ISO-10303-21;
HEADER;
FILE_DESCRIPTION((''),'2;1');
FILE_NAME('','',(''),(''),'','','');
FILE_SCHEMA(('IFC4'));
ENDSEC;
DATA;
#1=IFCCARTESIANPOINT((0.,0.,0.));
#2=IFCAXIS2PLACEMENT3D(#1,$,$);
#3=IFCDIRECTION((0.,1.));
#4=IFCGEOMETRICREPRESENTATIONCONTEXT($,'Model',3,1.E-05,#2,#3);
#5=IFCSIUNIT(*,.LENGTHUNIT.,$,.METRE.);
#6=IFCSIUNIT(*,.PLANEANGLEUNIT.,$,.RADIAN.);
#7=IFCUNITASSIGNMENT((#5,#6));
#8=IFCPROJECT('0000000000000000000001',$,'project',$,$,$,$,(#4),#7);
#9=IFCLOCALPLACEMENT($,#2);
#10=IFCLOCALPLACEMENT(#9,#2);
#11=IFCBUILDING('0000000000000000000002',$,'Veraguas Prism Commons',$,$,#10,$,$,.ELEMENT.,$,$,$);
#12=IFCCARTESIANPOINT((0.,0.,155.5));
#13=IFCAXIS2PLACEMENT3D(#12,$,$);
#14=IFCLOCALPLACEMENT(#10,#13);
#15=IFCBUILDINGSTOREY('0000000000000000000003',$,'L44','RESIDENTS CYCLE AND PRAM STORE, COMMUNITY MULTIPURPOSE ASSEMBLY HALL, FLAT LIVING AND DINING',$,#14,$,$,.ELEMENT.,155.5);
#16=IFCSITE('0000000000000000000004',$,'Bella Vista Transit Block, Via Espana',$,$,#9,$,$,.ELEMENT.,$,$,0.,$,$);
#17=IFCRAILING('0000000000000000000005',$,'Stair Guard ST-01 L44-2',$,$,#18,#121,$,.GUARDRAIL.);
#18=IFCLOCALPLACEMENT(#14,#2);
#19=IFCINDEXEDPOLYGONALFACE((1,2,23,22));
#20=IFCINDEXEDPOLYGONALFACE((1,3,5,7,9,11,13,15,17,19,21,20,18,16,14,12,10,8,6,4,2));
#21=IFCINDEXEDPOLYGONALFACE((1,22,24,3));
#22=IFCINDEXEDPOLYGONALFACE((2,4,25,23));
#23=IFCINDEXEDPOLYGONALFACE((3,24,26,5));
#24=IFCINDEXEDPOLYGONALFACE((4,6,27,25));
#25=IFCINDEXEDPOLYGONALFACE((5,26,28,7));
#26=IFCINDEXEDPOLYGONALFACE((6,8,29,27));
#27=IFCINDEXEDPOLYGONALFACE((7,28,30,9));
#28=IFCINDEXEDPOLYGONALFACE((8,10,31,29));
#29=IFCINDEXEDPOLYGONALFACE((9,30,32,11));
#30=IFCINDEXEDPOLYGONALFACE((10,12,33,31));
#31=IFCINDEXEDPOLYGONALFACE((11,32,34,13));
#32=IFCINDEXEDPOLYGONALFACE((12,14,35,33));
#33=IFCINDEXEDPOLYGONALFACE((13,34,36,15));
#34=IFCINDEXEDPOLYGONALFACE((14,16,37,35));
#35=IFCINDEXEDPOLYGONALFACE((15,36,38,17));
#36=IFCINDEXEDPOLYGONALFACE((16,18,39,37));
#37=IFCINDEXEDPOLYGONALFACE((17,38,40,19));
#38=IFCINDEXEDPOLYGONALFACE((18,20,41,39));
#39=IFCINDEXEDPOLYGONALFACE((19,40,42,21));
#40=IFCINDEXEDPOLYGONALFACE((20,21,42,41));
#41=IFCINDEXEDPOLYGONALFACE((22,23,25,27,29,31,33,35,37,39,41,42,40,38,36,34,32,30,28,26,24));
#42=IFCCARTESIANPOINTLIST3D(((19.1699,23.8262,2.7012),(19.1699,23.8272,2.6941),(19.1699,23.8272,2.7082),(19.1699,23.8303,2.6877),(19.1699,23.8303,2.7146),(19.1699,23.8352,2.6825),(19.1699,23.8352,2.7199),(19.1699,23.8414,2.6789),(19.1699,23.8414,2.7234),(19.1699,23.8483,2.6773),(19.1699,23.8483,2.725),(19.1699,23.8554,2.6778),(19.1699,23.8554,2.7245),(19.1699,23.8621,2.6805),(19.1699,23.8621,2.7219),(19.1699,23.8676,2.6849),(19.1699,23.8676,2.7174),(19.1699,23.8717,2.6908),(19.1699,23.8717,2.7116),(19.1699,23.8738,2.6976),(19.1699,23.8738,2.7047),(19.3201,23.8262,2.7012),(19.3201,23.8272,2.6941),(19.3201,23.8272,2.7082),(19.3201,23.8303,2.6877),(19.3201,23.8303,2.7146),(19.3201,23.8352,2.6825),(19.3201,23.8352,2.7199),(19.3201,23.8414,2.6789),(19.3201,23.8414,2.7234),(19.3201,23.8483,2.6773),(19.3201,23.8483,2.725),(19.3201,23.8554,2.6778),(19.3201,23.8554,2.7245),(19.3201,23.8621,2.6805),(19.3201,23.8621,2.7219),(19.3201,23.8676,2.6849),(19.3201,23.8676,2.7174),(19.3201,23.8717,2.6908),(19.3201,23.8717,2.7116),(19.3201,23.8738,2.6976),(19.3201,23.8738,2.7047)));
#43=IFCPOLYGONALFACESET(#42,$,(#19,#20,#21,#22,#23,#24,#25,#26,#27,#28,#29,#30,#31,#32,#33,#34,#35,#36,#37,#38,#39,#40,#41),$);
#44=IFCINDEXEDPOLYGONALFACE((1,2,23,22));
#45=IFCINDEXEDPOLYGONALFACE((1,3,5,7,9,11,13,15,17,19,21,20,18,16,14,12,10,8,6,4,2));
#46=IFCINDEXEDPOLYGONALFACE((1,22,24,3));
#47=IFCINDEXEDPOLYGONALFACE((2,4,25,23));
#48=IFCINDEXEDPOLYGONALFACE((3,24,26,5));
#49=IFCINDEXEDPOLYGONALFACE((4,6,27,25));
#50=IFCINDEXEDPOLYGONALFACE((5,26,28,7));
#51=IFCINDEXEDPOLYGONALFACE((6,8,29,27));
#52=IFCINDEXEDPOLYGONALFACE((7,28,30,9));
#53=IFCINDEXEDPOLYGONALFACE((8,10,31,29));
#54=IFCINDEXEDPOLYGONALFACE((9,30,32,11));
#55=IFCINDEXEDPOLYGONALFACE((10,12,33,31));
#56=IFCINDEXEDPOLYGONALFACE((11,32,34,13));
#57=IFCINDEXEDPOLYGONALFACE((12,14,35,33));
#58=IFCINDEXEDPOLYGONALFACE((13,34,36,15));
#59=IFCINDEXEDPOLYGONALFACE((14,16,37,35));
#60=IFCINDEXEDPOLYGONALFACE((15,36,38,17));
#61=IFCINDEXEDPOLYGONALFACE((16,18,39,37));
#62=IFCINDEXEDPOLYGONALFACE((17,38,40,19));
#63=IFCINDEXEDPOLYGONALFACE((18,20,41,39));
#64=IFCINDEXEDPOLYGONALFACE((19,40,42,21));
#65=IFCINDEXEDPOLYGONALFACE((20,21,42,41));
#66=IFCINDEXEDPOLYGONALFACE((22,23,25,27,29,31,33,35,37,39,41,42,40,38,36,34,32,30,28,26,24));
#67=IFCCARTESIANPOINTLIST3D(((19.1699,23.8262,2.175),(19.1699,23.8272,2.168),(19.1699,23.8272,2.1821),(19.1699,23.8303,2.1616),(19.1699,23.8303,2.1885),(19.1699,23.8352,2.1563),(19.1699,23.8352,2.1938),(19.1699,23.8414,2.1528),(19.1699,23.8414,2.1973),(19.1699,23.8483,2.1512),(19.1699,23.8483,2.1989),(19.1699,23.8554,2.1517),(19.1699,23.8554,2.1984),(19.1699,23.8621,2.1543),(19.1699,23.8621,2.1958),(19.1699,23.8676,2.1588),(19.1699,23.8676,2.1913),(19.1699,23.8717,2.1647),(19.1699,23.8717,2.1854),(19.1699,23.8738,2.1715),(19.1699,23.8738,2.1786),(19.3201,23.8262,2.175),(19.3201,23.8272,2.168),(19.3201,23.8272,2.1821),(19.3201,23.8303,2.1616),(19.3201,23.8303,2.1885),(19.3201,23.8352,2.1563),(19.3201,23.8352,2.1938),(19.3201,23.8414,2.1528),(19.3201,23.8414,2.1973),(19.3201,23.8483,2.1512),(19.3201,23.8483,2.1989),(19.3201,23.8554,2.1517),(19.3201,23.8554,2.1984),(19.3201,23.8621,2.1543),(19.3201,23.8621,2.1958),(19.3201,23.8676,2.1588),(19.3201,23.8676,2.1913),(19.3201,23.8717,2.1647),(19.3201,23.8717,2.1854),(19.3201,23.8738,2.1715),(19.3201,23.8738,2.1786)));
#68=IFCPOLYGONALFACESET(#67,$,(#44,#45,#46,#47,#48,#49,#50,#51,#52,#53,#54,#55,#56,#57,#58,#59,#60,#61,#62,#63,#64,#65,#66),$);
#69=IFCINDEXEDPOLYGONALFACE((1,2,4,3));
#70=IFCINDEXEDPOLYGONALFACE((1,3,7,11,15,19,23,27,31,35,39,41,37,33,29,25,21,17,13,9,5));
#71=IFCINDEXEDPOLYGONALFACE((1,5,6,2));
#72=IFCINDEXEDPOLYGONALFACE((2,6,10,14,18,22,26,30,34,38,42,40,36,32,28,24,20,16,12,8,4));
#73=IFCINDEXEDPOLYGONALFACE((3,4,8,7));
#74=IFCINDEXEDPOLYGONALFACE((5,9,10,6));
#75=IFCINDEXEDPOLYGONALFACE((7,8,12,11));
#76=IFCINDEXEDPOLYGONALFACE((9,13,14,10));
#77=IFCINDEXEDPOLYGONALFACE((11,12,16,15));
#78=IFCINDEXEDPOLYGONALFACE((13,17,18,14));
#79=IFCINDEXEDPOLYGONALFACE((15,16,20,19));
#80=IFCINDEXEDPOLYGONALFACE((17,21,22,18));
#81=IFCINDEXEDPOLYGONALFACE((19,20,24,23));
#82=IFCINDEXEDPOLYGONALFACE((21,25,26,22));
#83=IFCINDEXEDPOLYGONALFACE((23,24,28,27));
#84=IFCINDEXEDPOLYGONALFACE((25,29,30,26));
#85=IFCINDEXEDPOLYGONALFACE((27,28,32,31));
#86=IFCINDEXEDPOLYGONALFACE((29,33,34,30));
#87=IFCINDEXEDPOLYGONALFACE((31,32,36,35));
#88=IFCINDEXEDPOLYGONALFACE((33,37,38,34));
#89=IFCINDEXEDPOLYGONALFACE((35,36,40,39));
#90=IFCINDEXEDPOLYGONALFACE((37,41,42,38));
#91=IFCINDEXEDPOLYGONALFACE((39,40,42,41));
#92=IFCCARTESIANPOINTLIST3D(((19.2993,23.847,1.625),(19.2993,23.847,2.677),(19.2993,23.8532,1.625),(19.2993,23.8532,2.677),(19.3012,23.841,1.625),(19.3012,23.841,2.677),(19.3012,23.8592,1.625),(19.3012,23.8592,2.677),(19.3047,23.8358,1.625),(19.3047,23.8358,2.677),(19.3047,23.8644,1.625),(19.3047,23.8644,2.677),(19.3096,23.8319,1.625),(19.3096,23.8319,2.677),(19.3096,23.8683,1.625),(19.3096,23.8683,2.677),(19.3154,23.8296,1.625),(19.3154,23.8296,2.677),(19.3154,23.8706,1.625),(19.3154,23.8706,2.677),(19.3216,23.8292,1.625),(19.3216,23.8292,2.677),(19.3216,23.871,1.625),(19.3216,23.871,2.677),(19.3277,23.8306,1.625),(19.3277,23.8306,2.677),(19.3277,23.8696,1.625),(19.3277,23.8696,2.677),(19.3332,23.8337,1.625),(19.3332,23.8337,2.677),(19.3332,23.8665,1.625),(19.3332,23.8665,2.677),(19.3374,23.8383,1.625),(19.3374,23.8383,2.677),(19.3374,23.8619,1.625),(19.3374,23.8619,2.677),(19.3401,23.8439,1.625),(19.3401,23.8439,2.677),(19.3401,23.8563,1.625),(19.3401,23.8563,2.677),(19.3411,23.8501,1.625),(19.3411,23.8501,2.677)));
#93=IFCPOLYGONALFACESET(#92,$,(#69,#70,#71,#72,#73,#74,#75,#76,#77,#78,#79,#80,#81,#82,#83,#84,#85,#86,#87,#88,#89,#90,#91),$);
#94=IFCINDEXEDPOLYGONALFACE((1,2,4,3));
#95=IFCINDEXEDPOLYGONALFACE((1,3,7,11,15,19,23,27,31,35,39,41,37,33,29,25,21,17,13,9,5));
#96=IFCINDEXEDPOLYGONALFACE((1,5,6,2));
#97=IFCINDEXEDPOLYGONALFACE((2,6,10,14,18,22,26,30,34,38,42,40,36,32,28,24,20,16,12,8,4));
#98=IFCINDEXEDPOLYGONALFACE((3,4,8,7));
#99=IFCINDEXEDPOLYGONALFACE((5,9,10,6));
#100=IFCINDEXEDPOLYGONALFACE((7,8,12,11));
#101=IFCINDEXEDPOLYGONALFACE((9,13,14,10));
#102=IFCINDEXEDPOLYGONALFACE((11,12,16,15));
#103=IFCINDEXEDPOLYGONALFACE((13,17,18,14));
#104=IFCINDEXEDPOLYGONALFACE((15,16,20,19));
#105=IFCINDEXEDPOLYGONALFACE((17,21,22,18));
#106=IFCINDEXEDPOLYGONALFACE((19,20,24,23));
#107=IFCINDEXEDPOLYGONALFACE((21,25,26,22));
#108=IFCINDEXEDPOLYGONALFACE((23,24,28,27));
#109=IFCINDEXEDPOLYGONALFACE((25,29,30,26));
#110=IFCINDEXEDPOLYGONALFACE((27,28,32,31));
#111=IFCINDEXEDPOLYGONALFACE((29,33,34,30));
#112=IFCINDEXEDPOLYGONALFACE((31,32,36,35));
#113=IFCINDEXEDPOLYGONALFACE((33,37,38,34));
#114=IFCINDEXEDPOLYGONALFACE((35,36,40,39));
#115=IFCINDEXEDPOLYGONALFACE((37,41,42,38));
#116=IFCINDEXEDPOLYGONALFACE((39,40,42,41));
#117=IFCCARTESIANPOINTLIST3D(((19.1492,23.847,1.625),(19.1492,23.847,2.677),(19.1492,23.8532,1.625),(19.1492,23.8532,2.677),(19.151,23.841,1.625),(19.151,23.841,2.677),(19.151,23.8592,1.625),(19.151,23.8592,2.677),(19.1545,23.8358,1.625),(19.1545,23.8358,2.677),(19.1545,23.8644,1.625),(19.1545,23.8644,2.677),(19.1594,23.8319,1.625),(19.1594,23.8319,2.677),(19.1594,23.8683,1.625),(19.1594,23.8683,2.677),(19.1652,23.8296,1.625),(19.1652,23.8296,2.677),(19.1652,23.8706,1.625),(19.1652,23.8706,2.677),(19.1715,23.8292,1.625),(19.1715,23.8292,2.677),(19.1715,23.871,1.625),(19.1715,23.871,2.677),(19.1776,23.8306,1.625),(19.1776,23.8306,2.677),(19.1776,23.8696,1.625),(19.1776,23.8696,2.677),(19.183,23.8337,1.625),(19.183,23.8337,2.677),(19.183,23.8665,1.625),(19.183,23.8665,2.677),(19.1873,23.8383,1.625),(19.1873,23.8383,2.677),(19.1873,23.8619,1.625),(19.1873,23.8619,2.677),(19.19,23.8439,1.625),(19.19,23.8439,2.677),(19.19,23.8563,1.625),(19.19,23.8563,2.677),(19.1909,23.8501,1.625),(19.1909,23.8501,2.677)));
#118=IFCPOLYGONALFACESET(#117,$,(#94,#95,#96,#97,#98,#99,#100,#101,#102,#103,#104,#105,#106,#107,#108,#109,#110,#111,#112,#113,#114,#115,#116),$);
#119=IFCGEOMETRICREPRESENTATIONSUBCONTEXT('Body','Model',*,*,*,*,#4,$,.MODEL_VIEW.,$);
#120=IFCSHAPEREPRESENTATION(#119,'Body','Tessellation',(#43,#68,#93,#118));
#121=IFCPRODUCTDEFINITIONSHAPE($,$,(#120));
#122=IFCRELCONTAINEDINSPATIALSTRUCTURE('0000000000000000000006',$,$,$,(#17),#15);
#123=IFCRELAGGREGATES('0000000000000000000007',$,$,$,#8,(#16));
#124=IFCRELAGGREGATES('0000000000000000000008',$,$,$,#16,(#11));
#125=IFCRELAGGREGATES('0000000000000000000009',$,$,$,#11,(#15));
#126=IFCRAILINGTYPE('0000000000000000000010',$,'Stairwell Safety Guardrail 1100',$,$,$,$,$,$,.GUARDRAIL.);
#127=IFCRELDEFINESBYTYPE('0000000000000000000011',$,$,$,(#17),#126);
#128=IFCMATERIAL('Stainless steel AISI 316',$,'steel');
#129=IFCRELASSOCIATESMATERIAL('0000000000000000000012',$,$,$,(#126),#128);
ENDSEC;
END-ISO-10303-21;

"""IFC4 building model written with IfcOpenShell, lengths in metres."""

from ifc_helpers import new_model, si_unit, direction, frame, origin, origin_2d, place, context, subcontext, project, spatial, circle, extrude, material, type_object, element, save


model = new_model("IFC4")

# Units and contexts
model_context = context("Model", 3, precision=1e-05, world=origin(), true_north=direction((0.0, 1.0)))
body_context = subcontext(model_context, "Body", "Model", "MODEL_VIEW")
ifc_project = project(units=[si_unit("LENGTHUNIT", "METRE"), si_unit("PLANEANGLEUNIT", "RADIAN")], contexts=[model_context])

# Site, building, storey
site_placement = place(None, origin())
site = spatial("IfcSite", under=ifc_project, at=site_placement, Name="Bella Vista Transit Block, Via Espana", CompositionType="ELEMENT", RefElevation=0.0)
building_placement = place(site_placement, origin())
building = spatial("IfcBuilding", under=site, at=building_placement, Name="Veraguas Prism Commons", CompositionType="ELEMENT")
storey_placement = place(building_placement, frame((0.0, 0.0, 155.5)))
storey = spatial("IfcBuildingStorey", under=building, at=storey_placement, Name="L44", Description="RESIDENTS CYCLE AND PRAM STORE, COMMUNITY MULTIPURPOSE ASSEMBLY HALL, FLAT LIVING AND DINING", CompositionType="ELEMENT", Elevation=155.5)

# Railing
ifc_material_1 = material(Name="Stainless steel AISI 316", Category="steel")
railing_type_1 = type_object("IfcRailingType", Name="Stairwell Safety Guardrail 1100", PredefinedType="GUARDRAIL", material=ifc_material_1)
railing_1_placement = place(storey_placement, frame((19.3201, 23.8501, 1.625)))
element("IfcRailing", 1, at=railing_1_placement, inside=storey, type_object=railing_type_1, Name="Stair Guard ST-01 L44-2", PredefinedType="GUARDRAIL", context=body_context, shape_type="SweptSolid", body=[
    extrude(circle(Radius=0.0239, at=origin_2d()), frame((0.0, 0.0, 1.0762), z_axis=(-1.0, 0.0, 0.0), x_axis=(0.0, -1.0, 0.0)), (0.0, 0.0, 1.0), 0.1501),
    extrude(circle(Radius=0.0239, at=origin_2d()), frame((0.0, 0.0, 0.55), z_axis=(-1.0, 0.0, 0.0), x_axis=(0.0, -1.0, 0.0)), (0.0, 0.0, 1.0), 0.1501),
    extrude(circle(Radius=0.021, at=origin_2d()), origin(), (0.0, 0.0, 1.0), 1.052),
    extrude(circle(Radius=0.021, at=origin_2d()), frame((-0.1501, 0.0, 0.0)), (0.0, 0.0, 1.0), 1.052),
])

save(model, "model.ifc")
